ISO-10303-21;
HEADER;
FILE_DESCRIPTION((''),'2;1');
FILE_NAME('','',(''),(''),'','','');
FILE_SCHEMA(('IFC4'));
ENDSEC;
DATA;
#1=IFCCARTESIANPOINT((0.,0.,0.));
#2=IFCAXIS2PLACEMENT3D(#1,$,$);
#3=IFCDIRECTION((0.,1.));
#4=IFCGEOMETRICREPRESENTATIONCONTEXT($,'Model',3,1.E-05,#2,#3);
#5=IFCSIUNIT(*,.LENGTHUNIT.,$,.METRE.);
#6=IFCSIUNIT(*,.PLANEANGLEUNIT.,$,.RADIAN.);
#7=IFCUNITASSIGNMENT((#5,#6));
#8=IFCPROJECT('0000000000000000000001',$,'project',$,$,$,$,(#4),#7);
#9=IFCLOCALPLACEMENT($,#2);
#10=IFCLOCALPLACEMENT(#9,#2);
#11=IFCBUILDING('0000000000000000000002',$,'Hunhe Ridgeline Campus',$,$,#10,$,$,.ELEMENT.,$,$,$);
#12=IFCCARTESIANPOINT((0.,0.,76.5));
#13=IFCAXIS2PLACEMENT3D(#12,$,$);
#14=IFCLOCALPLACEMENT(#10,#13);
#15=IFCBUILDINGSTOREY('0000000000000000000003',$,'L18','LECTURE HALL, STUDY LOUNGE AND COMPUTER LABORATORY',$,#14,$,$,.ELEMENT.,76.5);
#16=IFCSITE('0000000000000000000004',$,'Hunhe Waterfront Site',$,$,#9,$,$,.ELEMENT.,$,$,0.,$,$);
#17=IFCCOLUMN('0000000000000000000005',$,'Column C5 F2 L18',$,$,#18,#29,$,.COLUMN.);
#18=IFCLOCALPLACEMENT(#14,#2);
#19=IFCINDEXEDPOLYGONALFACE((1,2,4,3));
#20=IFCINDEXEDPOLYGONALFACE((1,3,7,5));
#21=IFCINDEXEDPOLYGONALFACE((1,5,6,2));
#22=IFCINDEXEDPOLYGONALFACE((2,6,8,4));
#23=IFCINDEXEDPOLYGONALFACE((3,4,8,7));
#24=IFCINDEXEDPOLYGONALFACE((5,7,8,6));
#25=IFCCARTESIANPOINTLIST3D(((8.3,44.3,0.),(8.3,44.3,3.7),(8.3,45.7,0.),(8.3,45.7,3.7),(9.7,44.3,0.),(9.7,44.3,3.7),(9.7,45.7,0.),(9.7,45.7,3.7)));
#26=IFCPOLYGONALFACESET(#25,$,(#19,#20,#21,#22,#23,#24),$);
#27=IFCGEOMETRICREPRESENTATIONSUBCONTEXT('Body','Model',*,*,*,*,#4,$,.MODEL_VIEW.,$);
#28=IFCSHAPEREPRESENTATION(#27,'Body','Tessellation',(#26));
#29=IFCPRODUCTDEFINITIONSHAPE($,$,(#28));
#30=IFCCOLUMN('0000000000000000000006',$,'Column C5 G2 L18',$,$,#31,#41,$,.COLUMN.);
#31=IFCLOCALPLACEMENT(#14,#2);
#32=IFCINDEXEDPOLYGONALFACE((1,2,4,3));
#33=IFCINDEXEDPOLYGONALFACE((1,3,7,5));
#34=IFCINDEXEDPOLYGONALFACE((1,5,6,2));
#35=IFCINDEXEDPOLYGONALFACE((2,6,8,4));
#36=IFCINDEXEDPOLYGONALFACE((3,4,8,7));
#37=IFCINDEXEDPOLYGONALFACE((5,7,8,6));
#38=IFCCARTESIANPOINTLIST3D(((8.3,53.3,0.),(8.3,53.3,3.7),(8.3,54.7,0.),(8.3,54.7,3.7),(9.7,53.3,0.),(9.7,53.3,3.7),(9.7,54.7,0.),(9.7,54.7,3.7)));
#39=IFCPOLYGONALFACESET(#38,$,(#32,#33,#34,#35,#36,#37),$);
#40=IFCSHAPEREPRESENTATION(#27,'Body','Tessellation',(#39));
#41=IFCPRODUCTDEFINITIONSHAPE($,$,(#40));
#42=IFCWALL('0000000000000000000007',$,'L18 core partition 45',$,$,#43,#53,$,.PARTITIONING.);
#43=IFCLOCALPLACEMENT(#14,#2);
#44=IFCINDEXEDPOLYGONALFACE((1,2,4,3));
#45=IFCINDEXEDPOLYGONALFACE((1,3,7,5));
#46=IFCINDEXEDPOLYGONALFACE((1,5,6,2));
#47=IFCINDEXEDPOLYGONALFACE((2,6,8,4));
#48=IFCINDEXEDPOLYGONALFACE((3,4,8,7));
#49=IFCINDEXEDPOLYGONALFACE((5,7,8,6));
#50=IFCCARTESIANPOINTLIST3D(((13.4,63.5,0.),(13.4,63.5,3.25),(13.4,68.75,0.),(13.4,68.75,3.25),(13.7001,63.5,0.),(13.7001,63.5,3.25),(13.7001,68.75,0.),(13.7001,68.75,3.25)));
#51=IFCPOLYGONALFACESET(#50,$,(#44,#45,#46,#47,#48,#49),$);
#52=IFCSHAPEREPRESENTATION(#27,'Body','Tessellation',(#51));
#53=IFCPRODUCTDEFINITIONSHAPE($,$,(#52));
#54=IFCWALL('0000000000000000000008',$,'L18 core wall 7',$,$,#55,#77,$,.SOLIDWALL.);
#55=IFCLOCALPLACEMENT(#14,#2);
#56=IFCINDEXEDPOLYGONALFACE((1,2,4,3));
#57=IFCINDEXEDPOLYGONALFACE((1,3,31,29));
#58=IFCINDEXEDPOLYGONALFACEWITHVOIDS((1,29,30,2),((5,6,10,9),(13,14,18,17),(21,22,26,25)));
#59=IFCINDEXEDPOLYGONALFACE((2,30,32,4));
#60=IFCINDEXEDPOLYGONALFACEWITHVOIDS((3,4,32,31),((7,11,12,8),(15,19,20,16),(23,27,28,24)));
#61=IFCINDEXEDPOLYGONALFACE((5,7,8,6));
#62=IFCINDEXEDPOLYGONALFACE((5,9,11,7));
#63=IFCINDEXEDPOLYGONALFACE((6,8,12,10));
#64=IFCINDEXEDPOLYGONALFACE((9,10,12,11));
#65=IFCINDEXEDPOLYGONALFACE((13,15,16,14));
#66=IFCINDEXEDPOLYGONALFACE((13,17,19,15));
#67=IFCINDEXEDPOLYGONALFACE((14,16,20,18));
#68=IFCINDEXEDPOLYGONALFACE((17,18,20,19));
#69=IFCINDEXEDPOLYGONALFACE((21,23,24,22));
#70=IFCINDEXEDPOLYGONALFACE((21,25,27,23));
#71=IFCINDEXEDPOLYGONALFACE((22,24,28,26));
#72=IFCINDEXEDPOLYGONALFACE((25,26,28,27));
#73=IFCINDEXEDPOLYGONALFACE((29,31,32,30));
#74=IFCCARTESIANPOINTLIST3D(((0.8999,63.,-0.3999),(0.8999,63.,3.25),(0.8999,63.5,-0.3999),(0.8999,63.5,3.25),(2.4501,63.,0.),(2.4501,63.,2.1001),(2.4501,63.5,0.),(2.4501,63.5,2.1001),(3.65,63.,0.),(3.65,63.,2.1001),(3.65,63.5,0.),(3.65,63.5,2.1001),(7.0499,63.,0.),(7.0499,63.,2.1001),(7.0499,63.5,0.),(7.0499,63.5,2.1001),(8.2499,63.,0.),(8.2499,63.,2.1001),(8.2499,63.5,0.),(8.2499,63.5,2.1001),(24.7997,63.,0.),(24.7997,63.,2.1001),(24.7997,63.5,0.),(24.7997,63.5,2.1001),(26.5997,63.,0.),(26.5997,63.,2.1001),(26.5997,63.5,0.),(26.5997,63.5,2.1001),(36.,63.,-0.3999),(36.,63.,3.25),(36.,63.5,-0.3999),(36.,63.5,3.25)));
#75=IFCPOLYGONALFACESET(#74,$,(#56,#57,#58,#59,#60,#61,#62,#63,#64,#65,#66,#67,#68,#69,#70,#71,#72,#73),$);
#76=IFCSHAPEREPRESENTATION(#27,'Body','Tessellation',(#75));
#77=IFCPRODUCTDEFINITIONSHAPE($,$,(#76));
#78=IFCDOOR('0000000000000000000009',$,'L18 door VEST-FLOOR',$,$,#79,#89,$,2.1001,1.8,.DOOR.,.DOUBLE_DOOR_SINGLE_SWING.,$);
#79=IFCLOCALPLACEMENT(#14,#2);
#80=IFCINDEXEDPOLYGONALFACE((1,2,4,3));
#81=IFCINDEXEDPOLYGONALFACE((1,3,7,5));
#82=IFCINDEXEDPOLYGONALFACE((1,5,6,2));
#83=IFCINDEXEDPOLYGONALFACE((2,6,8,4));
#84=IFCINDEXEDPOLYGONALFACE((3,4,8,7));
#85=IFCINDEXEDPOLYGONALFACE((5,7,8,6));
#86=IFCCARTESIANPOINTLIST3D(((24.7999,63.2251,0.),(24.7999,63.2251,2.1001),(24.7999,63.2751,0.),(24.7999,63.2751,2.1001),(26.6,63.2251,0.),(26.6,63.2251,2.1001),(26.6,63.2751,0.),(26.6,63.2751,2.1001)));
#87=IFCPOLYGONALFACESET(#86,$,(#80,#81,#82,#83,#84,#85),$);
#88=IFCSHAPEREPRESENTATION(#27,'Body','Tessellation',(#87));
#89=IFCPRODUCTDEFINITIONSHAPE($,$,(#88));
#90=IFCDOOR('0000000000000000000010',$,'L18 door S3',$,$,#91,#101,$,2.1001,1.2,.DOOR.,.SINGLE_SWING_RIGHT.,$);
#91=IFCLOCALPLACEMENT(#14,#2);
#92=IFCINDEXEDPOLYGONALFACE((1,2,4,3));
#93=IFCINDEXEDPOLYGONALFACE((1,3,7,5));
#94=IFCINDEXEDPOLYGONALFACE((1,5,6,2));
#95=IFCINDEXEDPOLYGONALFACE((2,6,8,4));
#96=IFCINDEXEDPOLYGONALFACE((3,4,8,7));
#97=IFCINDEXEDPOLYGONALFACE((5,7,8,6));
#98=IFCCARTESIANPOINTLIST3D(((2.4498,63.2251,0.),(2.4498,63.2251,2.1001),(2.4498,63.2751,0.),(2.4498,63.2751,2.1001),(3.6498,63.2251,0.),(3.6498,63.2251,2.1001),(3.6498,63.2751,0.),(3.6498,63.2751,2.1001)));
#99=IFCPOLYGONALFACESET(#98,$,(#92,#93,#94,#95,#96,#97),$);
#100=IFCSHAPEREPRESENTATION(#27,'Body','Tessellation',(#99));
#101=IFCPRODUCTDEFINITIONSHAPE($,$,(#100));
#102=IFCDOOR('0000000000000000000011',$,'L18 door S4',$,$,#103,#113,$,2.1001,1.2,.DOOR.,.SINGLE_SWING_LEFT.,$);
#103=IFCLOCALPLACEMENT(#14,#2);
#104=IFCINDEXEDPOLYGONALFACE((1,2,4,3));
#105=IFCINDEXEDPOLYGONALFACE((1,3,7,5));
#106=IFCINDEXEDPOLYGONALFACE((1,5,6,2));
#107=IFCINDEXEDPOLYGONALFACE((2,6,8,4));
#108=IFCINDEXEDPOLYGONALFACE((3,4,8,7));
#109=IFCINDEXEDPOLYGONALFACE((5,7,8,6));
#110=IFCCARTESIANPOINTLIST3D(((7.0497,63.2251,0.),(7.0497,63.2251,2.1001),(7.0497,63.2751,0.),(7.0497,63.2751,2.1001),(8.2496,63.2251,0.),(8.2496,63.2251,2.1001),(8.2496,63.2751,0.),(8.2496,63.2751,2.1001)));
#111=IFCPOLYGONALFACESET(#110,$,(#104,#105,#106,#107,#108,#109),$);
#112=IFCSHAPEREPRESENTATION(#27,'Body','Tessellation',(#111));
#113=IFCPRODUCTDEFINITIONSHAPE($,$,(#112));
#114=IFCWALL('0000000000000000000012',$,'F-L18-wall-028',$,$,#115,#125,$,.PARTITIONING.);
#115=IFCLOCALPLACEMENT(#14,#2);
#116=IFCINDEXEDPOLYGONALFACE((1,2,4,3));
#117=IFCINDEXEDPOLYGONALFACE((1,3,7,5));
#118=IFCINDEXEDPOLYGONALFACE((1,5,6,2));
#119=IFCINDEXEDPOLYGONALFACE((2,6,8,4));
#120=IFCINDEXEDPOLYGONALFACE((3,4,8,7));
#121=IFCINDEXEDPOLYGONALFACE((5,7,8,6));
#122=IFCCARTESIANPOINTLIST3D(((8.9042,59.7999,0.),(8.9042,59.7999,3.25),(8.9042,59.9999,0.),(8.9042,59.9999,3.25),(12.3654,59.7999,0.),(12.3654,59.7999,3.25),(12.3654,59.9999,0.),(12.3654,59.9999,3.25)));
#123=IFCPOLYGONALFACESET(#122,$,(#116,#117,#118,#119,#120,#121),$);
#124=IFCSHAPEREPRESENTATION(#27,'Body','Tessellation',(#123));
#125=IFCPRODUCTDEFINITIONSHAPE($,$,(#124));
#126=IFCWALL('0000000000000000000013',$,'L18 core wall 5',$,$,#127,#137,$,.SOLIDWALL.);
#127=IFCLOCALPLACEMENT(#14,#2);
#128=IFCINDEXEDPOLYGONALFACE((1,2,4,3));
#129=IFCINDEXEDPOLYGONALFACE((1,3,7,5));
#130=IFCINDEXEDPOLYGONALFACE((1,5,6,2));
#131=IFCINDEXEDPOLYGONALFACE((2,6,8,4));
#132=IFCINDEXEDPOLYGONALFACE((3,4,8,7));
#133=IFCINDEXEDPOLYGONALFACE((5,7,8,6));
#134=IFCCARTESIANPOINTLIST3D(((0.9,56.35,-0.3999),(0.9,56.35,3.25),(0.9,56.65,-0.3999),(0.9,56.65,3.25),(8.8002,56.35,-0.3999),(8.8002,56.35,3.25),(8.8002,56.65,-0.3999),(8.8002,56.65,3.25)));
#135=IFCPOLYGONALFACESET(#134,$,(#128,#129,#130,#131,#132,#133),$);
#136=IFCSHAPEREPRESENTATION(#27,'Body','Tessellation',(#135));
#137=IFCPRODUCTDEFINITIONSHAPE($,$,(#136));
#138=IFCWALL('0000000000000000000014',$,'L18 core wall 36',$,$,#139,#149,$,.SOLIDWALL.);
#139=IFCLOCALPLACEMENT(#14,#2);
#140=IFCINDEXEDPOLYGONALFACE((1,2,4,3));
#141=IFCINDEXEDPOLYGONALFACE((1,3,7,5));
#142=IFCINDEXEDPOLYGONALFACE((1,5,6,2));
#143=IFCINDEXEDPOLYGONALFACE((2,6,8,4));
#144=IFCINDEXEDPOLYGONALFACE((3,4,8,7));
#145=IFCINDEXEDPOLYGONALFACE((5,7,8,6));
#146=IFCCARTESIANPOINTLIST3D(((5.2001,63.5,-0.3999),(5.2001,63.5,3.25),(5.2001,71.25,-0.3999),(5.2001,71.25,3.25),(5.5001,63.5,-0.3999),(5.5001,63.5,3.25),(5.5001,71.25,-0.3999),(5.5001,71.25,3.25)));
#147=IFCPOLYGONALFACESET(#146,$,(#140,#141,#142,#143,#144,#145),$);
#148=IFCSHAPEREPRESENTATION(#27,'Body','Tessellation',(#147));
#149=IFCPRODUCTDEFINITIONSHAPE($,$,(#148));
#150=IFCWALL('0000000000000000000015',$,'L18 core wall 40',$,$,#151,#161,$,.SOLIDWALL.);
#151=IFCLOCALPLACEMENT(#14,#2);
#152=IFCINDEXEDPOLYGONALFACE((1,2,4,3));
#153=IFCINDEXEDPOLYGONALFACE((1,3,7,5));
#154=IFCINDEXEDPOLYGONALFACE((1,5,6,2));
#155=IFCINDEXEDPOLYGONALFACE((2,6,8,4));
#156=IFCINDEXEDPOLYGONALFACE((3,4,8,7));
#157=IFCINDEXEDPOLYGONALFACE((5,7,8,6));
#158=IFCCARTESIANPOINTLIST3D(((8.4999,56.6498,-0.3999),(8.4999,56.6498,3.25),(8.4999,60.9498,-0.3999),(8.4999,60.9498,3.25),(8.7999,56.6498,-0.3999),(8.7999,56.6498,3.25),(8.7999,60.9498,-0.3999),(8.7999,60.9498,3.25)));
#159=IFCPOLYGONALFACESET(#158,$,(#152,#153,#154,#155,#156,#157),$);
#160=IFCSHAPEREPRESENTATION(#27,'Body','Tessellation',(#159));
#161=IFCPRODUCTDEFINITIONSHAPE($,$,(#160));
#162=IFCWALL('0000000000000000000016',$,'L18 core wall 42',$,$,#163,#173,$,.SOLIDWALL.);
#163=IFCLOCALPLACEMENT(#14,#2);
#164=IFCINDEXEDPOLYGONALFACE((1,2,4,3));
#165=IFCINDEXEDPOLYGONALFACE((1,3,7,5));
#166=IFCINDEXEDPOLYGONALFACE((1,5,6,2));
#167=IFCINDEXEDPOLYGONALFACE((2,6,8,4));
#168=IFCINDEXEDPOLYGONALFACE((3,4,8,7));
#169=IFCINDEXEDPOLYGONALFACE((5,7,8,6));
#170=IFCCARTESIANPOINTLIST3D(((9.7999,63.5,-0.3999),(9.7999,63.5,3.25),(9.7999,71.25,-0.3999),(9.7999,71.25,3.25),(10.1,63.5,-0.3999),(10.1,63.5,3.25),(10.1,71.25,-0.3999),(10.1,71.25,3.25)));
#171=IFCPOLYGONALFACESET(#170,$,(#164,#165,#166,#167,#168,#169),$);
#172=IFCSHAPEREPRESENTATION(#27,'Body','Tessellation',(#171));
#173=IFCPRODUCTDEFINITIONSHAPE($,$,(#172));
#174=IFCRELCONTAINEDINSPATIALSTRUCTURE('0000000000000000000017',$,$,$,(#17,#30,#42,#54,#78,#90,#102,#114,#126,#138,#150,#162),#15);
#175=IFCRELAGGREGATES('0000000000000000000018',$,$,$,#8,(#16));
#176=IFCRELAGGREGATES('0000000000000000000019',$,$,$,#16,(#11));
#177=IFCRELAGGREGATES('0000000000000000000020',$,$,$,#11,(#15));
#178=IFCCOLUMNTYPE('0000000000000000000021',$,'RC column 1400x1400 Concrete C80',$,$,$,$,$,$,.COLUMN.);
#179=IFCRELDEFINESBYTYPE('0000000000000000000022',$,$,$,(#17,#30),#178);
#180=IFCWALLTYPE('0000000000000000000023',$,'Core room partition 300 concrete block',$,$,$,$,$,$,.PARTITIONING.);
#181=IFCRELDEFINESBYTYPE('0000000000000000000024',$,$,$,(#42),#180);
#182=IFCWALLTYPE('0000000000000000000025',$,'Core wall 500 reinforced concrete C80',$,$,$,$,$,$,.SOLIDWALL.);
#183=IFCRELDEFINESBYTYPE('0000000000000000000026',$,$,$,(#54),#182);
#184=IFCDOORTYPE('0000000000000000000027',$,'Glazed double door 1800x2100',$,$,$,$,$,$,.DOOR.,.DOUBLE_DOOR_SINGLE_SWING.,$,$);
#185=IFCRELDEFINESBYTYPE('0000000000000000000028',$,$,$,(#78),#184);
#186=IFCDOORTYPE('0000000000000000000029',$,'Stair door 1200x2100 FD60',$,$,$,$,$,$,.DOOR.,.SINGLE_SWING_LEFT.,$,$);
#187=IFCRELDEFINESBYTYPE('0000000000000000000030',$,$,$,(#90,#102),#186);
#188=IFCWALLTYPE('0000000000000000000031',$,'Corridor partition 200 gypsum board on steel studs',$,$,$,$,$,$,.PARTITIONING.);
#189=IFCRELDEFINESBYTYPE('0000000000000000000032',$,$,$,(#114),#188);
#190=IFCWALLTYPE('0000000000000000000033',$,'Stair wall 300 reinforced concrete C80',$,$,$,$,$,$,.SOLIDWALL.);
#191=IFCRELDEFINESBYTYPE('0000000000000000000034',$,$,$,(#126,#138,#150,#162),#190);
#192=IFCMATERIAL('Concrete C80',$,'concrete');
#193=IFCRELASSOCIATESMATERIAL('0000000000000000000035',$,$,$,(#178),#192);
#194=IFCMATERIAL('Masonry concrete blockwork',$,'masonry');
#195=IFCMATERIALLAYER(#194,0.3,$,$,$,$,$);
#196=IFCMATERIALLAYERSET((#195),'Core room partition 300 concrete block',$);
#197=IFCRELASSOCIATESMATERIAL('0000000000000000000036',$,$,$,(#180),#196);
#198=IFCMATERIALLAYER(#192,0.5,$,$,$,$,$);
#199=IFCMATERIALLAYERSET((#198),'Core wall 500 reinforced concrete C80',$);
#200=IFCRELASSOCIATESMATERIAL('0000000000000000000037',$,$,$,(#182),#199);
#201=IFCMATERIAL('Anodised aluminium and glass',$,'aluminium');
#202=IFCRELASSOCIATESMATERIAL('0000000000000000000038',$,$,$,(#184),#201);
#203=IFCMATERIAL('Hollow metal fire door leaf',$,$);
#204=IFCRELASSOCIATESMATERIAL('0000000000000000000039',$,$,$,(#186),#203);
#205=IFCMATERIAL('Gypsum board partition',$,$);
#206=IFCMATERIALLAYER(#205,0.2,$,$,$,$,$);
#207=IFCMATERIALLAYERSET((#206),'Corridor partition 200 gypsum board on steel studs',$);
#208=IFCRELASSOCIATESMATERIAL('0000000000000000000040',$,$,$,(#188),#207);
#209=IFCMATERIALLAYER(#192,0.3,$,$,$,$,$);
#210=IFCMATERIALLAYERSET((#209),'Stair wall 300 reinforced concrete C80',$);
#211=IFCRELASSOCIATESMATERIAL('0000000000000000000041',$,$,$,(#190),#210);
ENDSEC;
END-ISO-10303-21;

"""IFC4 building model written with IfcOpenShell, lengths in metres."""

from ifc_helpers import new_model, si_unit, direction, frame, frame_2d, origin, origin_2d, place, context, subcontext, project, spatial, rectangle, extrude, material, layer, layer_set, material_profile, profile_set, type_object, element, fill, save


model = new_model("IFC4")

# Units and contexts
model_context = context("Model", 3, precision=1e-05, world=origin(), true_north=direction((0.0, 1.0)))
body_context = subcontext(model_context, "Body", "Model", "MODEL_VIEW")
ifc_project = project(units=[si_unit("LENGTHUNIT", "METRE"), si_unit("PLANEANGLEUNIT", "RADIAN")], contexts=[model_context])

# Site, building, storey
site_placement = place(None, origin())
site = spatial("IfcSite", under=ifc_project, at=site_placement, Name="Hunhe Waterfront Site", CompositionType="ELEMENT", RefElevation=0.0)
building_placement = place(site_placement, origin())
building = spatial("IfcBuilding", under=site, at=building_placement, Name="Hunhe Ridgeline Campus", CompositionType="ELEMENT")
storey_placement = place(building_placement, frame((0.0, 0.0, 76.5)))
storey = spatial("IfcBuildingStorey", under=building, at=storey_placement, Name="L18", Description="LECTURE HALL, STUDY LOUNGE AND COMPUTER LABORATORY", CompositionType="ELEMENT", Elevation=76.5)

# Columns
ifc_material_1 = material(Name="Concrete C80", Category="concrete")
ifc_material_profile = material_profile(ifc_material_1, rectangle(XDim=1.3999, YDim=1.3999, at=origin_2d()))
ifc_profile_set = profile_set([ifc_material_profile], Name="Concrete C80")
column_type = type_object("IfcColumnType", Name="RC column 1400x1400 Concrete C80", PredefinedType="COLUMN", material=ifc_profile_set)
for number, where, z_axis, x_axis, name in (
    (1, (9.0, 45.0, 0.0), (0.0, 0.0, 1.0), (1.0, 0.0, 0.0), "Column C5 F2 L18"),
    (2, (9.0, 54.0, 0.0), (0.0, 0.0, 1.0), (1.0, 0.0, 0.0), "Column C5 G2 L18"),
):
    element("IfcColumn", number, at=place(storey_placement, frame(where, z_axis=z_axis, x_axis=x_axis)), inside=storey, type_object=column_type, Name=name, PredefinedType="COLUMN", context=body_context, shape_type="SweptSolid", body=[
        extrude(rectangle(XDim=1.3999, YDim=1.3999, at=origin_2d()), origin(), (0.0, 0.0, 1.0), 3.7),
    ])

# Wall
ifc_material_2 = material(Name="Masonry concrete blockwork", Category="masonry")
ifc_layer_1 = layer(ifc_material_2, 0.3)
ifc_layer_set_1 = layer_set([ifc_layer_1], Name="Core room partition 300 concrete block")
wall_type_1 = type_object("IfcWallType", Name="Core room partition 300 concrete block", PredefinedType="PARTITIONING", material=ifc_layer_set_1)
wall_1_placement = place(storey_placement, frame((13.55, 63.5, 0.0), z_axis=(0.0, 0.0, 1.0), x_axis=(0.0, 1.0, 0.0)))
element("IfcWall", 3, at=wall_1_placement, inside=storey, type_object=wall_type_1, Name="L18 core partition 45", PredefinedType="PARTITIONING", context=body_context, shape_type="SweptSolid", body=[
    extrude(rectangle(XDim=5.25, YDim=0.3, at=frame_2d((2.625, 0.0))), origin(), (0.0, 0.0, 1.0), 3.25),
])

# Wall, openings, doors
ifc_layer_2 = layer(ifc_material_1, 0.5)
ifc_layer_set_2 = layer_set([ifc_layer_2], Name="Core wall 500 reinforced concrete C80")
wall_type_2 = type_object("IfcWallType", Name="Core wall 500 reinforced concrete C80", PredefinedType="SOLIDWALL", material=ifc_layer_set_2)
wall_2_placement = place(storey_placement, frame((0.8999, 63.25, -0.3999), z_axis=(0.0, 0.0, 1.0), x_axis=(1.0, 0.0, 0.0)))
wall_2 = element("IfcWall", 4, at=wall_2_placement, inside=storey, type_object=wall_type_2, Name="L18 core wall 7", PredefinedType="SOLIDWALL", context=body_context, shape_type="SweptSolid", body=[
    extrude(rectangle(XDim=35.1001, YDim=0.5, at=frame_2d((17.55, 0.0))), origin(), (0.0, 0.0, 1.0), 3.6499),
])
opening_1_placement = place(wall_2_placement, frame((23.8999, 0.0, 0.3999)))
opening_1 = element("IfcOpeningElement", 5, at=opening_1_placement, cuts=wall_2, PredefinedType="OPENING", context=body_context, shape_type="SweptSolid", body=[
    extrude(rectangle(XDim=1.8, YDim=2.1001, at=frame_2d((0.8999, 1.05))), frame((0.0, 0.25, 0.0), z_axis=(0.0, -1.0, 0.0), x_axis=(1.0, 0.0, 0.0)), (0.0, 0.0, 1.0), 0.5),
])
opening_2_placement = place(wall_2_placement, frame((1.55, 0.0, 0.3999)))
opening_2 = element("IfcOpeningElement", 6, at=opening_2_placement, cuts=wall_2, PredefinedType="OPENING", context=body_context, shape_type="SweptSolid", body=[
    extrude(rectangle(XDim=1.2, YDim=2.1001, at=frame_2d((0.6001, 1.05))), frame((0.0, 0.25, 0.0), z_axis=(0.0, -1.0, 0.0), x_axis=(1.0, 0.0, 0.0)), (0.0, 0.0, 1.0), 0.5),
])
opening_3_placement = place(wall_2_placement, frame((6.1499, 0.0, 0.3999)))
opening_3 = element("IfcOpeningElement", 7, at=opening_3_placement, cuts=wall_2, PredefinedType="OPENING", context=body_context, shape_type="SweptSolid", body=[
    extrude(rectangle(XDim=1.2, YDim=2.1001, at=frame_2d((0.6001, 1.05))), frame((0.0, 0.25, 0.0), z_axis=(0.0, -1.0, 0.0), x_axis=(1.0, 0.0, 0.0)), (0.0, 0.0, 1.0), 0.5),
])
ifc_material_3 = material(Name="Anodised aluminium and glass", Category="aluminium")
door_type_1 = type_object("IfcDoorType", Name="Glazed double door 1800x2100", OperationType="DOUBLE_DOOR_SINGLE_SWING", PredefinedType="DOOR", material=ifc_material_3)
door_1_placement = place(opening_1_placement, frame((1.8, 0.0, 0.0), z_axis=(0.0, 0.0, 1.0), x_axis=(-1.0, 0.0, 0.0)))
door_1 = element("IfcDoor", 8, at=door_1_placement, inside=storey, type_object=door_type_1, Name="L18 door VEST-FLOOR", OperationType="DOUBLE_DOOR_SINGLE_SWING", OverallHeight=2.1001, OverallWidth=1.8, PredefinedType="DOOR", context=body_context, shape_type="SweptSolid", body=[
    extrude(rectangle(XDim=1.8, YDim=2.1001, at=frame_2d((0.8999, 1.05))), frame((0.0, 0.0249, 0.0), z_axis=(0.0, -1.0, 0.0), x_axis=(1.0, 0.0, 0.0)), (0.0, 0.0, 1.0), 0.05),
])
fill(opening_1, door_1)
ifc_material_4 = material(Name="Hollow metal fire door leaf")
door_type_2 = type_object("IfcDoorType", Name="Stair door 1200x2100 FD60", OperationType="SINGLE_SWING_LEFT", PredefinedType="DOOR", material=ifc_material_4)
door_2_placement = place(opening_2_placement, frame((1.2, 0.0, 0.0), z_axis=(0.0, 0.0, 1.0), x_axis=(-1.0, 0.0, 0.0)))
door_2 = element("IfcDoor", 9, at=door_2_placement, inside=storey, type_object=door_type_2, Name="L18 door S3", OperationType="SINGLE_SWING_RIGHT", OverallHeight=2.1001, OverallWidth=1.2, PredefinedType="DOOR", context=body_context, shape_type="SweptSolid", body=[
    extrude(rectangle(XDim=1.2, YDim=2.1001, at=frame_2d((0.6001, 1.05))), frame((0.0, 0.0249, 0.0), z_axis=(0.0, -1.0, 0.0), x_axis=(1.0, 0.0, 0.0)), (0.0, 0.0, 1.0), 0.05),
])
fill(opening_2, door_2)
door_3_placement = place(opening_3_placement, frame((1.2, 0.0, 0.0), z_axis=(0.0, 0.0, 1.0), x_axis=(-1.0, 0.0, 0.0)))
door_3 = element("IfcDoor", 10, at=door_3_placement, inside=storey, type_object=door_type_2, Name="L18 door S4", OperationType="SINGLE_SWING_LEFT", OverallHeight=2.1001, OverallWidth=1.2, PredefinedType="DOOR", context=body_context, shape_type="SweptSolid", body=[
    extrude(rectangle(XDim=1.2, YDim=2.1001, at=frame_2d((0.6001, 1.05))), frame((0.0, 0.0249, 0.0), z_axis=(0.0, -1.0, 0.0), x_axis=(1.0, 0.0, 0.0)), (0.0, 0.0, 1.0), 0.05),
])
fill(opening_3, door_3)

# Wall
ifc_material_5 = material(Name="Gypsum board partition")
ifc_layer_3 = layer(ifc_material_5, 0.2)
ifc_layer_set_3 = layer_set([ifc_layer_3], Name="Corridor partition 200 gypsum board on steel studs")
wall_type_3 = type_object("IfcWallType", Name="Corridor partition 200 gypsum board on steel studs", PredefinedType="PARTITIONING", material=ifc_layer_set_3)
wall_3_placement = place(storey_placement, frame((12.3652, 59.8999, 0.0), z_axis=(0.0, 0.0, 1.0), x_axis=(-1.0, 0.0, 0.0)))
element("IfcWall", 11, at=wall_3_placement, inside=storey, type_object=wall_type_3, Name="F-L18-wall-028", PredefinedType="PARTITIONING", context=body_context, shape_type="SweptSolid", body=[
    extrude(rectangle(XDim=3.4612, YDim=0.2, at=frame_2d((1.7305, 0.0))), origin(), (0.0, 0.0, 1.0), 3.25),
])

# Wall
ifc_layer_4 = layer(ifc_material_1, 0.3)
ifc_layer_set_4 = layer_set([ifc_layer_4], Name="Stair wall 300 reinforced concrete C80")
wall_type_4 = type_object("IfcWallType", Name="Stair wall 300 reinforced concrete C80", PredefinedType="SOLIDWALL", material=ifc_layer_set_4)
wall_4_placement = place(storey_placement, frame((0.8999, 56.5, -0.3999), z_axis=(0.0, 0.0, 1.0), x_axis=(1.0, 0.0, 0.0)))
element("IfcWall", 12, at=wall_4_placement, inside=storey, type_object=wall_type_4, Name="L18 core wall 5", PredefinedType="SOLIDWALL", context=body_context, shape_type="SweptSolid", body=[
    extrude(rectangle(XDim=7.9001, YDim=0.3, at=frame_2d((3.9502, 0.0))), origin(), (0.0, 0.0, 1.0), 3.6499),
])

# Walls
wall_5_placement = place(storey_placement, frame((5.3501, 63.5, -0.3999), z_axis=(0.0, 0.0, 1.0), x_axis=(0.0, 1.0, 0.0)))
element("IfcWall", 13, at=wall_5_placement, inside=storey, type_object=wall_type_4, Name="L18 core wall 36", PredefinedType="SOLIDWALL", context=body_context, shape_type="SweptSolid", body=[
    extrude(rectangle(XDim=7.75, YDim=0.3, at=frame_2d((3.875, 0.0))), origin(), (0.0, 0.0, 1.0), 3.6499),
])
wall_6_placement = place(storey_placement, frame((8.6499, 56.6499, -0.3999), z_axis=(0.0, 0.0, 1.0), x_axis=(0.0, 1.0, 0.0)))
element("IfcWall", 14, at=wall_6_placement, inside=storey, type_object=wall_type_4, Name="L18 core wall 40", PredefinedType="SOLIDWALL", context=body_context, shape_type="SweptSolid", body=[
    extrude(rectangle(XDim=4.3, YDim=0.3, at=frame_2d((2.1499, 0.0))), origin(), (0.0, 0.0, 1.0), 3.6499),
])
wall_7_placement = place(storey_placement, frame((9.95, 63.5, -0.3999), z_axis=(0.0, 0.0, 1.0), x_axis=(0.0, 1.0, 0.0)))
element("IfcWall", 15, at=wall_7_placement, inside=storey, type_object=wall_type_4, Name="L18 core wall 42", PredefinedType="SOLIDWALL", context=body_context, shape_type="SweptSolid", body=[
    extrude(rectangle(XDim=7.75, YDim=0.3, at=frame_2d((3.875, 0.0))), origin(), (0.0, 0.0, 1.0), 3.6499),
])

save(model, "model.ifc")
